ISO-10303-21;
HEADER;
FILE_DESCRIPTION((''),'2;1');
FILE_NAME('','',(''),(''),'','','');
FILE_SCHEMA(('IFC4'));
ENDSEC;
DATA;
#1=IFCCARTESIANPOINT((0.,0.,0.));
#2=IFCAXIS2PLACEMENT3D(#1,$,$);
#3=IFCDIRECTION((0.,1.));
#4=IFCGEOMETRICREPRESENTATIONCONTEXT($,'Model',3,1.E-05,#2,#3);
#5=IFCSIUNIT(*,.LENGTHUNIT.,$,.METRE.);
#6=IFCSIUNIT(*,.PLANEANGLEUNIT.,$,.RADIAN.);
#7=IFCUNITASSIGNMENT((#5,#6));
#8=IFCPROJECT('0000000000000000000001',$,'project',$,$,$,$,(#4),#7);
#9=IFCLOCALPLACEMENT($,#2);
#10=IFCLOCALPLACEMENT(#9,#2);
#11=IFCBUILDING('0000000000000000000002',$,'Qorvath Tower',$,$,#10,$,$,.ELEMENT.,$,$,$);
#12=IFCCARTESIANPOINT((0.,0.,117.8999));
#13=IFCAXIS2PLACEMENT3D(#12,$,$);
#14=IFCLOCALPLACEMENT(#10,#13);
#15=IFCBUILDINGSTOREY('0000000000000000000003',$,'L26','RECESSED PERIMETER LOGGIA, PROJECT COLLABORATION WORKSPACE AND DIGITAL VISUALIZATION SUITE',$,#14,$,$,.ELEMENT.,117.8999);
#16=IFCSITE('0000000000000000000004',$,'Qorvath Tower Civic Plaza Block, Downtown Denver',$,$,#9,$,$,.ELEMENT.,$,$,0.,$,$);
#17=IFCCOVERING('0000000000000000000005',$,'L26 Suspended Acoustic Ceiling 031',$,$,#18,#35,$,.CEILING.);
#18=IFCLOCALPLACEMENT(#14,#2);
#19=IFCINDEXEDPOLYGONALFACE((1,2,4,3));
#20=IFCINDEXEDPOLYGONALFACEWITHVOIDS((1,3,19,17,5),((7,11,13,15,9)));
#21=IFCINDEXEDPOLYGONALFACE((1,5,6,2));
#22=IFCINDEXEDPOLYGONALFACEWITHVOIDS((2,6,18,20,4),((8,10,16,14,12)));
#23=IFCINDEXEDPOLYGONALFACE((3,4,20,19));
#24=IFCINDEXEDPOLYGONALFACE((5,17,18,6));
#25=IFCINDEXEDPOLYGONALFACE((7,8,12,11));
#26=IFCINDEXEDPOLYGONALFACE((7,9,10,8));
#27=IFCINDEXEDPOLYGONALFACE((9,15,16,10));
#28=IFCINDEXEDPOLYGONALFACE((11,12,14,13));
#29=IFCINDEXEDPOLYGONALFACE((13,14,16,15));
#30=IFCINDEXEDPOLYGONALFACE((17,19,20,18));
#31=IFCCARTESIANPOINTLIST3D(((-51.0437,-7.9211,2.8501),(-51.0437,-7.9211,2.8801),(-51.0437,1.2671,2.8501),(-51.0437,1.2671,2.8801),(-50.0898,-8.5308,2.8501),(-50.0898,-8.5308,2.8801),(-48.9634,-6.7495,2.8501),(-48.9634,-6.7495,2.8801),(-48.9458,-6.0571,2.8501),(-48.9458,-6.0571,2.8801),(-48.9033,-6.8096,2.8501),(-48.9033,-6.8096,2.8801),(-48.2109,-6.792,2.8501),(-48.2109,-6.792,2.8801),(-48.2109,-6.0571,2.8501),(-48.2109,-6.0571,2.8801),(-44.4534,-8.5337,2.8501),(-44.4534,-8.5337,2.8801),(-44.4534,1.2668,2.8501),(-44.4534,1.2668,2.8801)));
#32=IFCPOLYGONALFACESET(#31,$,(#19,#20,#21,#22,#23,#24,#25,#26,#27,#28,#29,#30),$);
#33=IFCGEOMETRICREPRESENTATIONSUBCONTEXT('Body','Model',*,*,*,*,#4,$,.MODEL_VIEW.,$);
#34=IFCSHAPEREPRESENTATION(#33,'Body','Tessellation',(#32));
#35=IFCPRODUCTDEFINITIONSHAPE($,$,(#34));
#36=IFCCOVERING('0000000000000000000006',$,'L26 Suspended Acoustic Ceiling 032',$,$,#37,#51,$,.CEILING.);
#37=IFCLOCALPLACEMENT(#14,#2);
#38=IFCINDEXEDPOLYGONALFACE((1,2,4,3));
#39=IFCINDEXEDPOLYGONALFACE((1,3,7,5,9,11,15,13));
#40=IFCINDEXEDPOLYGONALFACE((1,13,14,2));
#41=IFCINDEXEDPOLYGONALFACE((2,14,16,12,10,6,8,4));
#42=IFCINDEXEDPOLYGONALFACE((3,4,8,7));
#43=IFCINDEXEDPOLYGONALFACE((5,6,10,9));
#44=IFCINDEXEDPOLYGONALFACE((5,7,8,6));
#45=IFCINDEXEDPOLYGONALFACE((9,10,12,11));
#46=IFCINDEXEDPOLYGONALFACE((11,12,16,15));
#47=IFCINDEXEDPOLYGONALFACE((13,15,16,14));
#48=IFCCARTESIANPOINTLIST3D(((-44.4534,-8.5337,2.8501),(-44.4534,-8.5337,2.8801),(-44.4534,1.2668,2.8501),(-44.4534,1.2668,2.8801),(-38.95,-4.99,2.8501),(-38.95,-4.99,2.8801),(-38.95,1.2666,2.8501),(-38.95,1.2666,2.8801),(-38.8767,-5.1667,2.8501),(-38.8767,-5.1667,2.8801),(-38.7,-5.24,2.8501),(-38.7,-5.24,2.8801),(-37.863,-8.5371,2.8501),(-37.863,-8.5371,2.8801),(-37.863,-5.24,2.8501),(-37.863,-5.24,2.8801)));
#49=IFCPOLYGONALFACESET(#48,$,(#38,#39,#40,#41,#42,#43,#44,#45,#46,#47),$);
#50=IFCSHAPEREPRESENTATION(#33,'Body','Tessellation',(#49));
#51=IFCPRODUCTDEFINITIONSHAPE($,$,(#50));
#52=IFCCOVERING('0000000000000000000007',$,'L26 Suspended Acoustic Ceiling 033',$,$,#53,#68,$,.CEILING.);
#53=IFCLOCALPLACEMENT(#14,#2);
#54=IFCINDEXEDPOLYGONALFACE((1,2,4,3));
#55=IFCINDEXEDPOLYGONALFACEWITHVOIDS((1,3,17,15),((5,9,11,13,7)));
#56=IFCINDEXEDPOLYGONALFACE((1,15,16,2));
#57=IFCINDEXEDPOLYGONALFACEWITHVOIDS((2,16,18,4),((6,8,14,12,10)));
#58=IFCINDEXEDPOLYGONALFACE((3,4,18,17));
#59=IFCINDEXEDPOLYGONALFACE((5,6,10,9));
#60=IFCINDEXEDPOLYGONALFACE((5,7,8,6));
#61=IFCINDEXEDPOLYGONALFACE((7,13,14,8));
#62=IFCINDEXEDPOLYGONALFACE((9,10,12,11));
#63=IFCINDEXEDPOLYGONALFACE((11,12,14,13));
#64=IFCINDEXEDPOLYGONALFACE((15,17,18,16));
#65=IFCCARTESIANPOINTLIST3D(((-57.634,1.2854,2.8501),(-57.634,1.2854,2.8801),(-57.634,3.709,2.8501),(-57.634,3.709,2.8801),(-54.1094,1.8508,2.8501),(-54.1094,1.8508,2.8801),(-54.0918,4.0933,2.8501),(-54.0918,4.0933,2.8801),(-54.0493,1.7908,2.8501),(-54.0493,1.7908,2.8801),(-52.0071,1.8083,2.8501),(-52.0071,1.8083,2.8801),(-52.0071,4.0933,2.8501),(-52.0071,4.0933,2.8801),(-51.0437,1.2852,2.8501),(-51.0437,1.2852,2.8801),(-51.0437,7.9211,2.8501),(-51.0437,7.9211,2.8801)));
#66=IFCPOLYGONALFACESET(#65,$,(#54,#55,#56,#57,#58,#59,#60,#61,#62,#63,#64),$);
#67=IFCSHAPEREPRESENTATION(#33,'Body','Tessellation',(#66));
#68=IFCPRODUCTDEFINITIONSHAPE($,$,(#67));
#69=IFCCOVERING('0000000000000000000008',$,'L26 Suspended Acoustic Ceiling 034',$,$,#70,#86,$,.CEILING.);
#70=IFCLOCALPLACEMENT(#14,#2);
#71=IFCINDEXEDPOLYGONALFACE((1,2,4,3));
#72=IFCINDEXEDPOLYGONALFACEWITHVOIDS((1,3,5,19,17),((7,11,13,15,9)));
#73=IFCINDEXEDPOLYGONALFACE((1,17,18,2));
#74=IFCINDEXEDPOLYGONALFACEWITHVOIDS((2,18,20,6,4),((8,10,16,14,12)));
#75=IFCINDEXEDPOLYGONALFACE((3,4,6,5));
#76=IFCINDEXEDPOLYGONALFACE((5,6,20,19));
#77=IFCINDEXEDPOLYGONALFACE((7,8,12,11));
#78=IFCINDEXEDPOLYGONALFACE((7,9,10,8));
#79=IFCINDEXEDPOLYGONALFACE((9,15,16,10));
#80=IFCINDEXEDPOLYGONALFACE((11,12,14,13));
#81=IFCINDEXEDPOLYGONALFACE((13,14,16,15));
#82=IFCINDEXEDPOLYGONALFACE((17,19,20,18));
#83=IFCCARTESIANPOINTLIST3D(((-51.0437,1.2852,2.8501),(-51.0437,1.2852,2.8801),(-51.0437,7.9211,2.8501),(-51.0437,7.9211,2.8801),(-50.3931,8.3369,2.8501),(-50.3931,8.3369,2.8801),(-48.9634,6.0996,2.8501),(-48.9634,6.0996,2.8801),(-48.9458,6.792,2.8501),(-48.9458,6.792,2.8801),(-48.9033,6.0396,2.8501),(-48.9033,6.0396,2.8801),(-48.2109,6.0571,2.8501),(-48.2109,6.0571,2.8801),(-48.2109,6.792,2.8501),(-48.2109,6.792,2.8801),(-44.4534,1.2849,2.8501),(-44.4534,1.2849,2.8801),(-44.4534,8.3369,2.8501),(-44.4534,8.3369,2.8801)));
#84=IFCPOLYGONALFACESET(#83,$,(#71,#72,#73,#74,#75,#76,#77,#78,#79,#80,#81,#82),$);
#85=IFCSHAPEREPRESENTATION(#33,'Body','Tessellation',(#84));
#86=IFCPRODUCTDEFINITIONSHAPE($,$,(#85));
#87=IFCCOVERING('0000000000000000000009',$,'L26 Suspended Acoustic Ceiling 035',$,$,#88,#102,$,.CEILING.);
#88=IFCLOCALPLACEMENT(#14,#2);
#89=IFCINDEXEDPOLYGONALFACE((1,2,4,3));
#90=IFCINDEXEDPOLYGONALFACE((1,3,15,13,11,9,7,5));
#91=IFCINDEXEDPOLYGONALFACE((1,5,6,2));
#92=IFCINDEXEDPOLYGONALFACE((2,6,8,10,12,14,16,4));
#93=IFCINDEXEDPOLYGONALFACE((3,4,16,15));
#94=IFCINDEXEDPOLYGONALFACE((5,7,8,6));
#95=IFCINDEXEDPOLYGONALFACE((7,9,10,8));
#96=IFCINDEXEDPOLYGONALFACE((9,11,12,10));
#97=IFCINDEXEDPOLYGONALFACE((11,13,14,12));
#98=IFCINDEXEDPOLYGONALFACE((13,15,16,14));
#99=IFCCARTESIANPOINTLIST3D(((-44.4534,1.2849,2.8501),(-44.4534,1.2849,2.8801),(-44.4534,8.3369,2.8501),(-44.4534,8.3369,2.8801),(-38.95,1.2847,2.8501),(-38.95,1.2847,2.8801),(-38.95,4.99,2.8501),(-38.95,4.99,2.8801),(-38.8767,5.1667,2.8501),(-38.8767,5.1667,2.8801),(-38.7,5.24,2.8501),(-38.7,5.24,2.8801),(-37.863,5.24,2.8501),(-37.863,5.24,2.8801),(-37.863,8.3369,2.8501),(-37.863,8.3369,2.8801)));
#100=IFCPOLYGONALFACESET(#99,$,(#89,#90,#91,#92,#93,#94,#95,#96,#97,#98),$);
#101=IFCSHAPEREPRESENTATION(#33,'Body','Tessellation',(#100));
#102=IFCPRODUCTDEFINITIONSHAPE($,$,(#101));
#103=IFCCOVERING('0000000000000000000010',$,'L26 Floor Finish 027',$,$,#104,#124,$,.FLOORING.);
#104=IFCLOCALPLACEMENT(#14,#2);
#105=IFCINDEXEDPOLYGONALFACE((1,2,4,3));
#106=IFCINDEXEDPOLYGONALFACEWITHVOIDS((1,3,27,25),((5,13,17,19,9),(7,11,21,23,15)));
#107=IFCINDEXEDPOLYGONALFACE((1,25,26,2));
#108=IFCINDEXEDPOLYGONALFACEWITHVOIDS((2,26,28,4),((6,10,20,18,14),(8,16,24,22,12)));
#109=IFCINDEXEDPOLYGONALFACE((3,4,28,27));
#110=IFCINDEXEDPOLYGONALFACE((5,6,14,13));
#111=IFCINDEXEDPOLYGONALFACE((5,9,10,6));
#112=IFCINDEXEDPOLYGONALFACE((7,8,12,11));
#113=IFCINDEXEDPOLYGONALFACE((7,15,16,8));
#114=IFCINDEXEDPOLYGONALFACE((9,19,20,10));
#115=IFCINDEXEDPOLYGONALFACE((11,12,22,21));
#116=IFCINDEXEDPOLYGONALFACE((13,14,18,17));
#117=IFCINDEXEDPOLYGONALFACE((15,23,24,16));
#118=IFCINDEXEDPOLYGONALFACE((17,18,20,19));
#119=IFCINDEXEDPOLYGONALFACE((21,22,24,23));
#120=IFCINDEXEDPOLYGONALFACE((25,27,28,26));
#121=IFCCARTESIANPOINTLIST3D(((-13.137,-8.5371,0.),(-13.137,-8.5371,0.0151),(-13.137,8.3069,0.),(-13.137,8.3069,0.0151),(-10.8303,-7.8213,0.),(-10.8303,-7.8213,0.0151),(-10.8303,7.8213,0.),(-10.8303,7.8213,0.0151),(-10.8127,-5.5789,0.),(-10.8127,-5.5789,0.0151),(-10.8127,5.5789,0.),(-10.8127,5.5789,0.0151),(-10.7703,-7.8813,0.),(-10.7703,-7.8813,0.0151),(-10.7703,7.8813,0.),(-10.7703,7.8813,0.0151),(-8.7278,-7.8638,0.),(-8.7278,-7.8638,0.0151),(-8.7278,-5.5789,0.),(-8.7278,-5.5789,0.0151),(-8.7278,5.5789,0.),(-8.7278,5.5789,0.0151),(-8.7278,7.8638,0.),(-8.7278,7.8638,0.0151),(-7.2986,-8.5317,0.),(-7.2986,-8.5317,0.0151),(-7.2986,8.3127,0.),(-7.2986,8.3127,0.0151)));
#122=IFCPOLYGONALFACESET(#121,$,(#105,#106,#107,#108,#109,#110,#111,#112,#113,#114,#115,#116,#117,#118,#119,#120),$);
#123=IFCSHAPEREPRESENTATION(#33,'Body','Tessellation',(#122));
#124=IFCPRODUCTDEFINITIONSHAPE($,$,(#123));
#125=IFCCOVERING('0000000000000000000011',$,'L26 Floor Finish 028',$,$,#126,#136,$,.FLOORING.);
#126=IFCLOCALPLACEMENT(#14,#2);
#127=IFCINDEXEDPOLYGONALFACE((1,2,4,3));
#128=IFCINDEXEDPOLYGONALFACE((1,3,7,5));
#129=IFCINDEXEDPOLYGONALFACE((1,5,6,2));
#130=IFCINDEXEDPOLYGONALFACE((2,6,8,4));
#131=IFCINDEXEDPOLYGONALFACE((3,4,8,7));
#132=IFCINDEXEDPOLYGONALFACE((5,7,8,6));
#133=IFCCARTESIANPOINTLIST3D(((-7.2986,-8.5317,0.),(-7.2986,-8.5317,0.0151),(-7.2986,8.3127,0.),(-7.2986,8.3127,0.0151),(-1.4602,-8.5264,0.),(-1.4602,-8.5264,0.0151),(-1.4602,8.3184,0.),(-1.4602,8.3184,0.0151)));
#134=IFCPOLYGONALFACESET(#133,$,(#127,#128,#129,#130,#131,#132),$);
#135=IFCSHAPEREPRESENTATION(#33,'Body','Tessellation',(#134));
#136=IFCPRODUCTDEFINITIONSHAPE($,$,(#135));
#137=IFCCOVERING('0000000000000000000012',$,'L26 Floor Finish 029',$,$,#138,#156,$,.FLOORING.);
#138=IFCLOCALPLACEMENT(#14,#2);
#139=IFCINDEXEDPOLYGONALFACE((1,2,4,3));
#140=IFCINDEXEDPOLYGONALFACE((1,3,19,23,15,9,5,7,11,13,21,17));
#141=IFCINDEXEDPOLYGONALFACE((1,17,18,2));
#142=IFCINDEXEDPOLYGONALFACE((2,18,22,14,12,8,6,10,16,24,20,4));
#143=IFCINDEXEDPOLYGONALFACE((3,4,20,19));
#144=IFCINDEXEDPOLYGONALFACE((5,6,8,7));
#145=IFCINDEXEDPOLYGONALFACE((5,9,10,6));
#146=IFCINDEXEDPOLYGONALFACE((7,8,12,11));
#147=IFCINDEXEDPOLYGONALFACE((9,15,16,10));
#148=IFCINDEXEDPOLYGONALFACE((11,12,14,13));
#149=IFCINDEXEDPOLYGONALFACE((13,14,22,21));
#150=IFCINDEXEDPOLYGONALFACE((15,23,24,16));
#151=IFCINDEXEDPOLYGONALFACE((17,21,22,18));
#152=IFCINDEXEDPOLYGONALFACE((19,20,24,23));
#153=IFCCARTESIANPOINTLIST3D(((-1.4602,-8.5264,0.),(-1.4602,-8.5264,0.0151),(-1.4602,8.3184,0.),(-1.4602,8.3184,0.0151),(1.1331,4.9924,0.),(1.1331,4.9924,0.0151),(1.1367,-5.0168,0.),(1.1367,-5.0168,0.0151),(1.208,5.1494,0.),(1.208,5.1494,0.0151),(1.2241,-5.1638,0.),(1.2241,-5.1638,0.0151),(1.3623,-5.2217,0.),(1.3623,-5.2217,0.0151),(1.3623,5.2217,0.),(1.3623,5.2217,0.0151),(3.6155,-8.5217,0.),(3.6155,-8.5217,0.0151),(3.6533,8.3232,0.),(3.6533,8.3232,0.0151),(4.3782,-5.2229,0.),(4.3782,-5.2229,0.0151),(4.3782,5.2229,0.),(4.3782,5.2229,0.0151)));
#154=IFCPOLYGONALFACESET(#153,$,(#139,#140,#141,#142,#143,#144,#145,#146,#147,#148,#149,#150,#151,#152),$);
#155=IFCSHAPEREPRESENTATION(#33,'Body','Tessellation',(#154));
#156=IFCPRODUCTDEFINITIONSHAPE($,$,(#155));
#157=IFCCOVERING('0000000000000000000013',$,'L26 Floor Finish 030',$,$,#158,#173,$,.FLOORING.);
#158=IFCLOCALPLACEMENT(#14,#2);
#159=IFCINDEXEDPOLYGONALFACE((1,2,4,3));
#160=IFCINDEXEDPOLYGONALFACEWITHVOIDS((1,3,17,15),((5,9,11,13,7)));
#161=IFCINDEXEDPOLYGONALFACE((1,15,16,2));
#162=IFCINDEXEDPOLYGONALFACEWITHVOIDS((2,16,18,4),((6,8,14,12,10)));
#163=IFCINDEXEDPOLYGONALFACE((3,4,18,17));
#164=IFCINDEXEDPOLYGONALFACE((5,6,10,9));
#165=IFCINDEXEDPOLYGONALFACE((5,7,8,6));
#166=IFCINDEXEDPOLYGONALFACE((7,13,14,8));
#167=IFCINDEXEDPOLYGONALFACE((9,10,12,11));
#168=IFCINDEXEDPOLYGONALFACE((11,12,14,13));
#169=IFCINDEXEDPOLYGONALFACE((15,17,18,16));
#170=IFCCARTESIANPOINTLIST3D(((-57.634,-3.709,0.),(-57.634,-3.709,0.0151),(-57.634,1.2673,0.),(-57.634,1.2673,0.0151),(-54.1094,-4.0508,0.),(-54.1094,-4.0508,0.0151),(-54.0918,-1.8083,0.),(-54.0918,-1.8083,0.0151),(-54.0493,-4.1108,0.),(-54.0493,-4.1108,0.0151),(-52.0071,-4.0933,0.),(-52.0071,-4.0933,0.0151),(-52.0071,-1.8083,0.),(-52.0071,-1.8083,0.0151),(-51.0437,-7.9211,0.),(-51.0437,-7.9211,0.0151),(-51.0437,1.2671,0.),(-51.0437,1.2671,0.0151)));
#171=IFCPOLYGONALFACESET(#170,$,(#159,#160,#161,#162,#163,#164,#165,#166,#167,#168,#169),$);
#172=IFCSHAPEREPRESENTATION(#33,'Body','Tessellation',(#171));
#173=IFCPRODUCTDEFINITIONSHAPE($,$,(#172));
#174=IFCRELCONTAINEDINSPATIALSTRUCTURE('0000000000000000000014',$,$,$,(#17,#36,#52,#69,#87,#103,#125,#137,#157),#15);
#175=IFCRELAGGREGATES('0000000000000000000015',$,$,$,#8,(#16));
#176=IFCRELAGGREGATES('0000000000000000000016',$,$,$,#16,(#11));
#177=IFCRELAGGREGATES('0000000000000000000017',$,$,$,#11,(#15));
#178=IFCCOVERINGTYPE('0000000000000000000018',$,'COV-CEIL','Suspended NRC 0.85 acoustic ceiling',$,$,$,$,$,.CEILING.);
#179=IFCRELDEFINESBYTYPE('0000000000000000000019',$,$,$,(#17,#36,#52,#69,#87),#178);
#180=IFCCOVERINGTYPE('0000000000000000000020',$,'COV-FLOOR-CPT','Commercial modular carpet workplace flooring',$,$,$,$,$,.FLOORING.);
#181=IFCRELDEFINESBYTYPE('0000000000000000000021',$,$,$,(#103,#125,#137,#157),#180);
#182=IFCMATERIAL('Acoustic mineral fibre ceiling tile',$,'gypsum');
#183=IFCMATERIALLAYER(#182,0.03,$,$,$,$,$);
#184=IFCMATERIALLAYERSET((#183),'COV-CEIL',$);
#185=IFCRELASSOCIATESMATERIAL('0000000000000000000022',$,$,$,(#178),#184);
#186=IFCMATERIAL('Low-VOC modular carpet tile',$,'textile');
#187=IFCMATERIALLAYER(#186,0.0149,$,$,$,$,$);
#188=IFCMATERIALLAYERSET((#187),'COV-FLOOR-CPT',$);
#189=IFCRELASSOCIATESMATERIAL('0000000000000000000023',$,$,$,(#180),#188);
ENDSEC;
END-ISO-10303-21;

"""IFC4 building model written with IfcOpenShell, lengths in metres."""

from ifc_helpers import new_model, si_unit, direction, frame, origin, place, context, subcontext, project, spatial, polyline, outline, extrude, material, layer, layer_set, type_object, element, save


model = new_model("IFC4")

# Units and contexts
model_context = context("Model", 3, precision=1e-05, world=origin(), true_north=direction((0.0, 1.0)))
body_context = subcontext(model_context, "Body", "Model", "MODEL_VIEW")
ifc_project = project(units=[si_unit("LENGTHUNIT", "METRE"), si_unit("PLANEANGLEUNIT", "RADIAN")], contexts=[model_context])

# Site, building, storey
site_placement = place(None, origin())
site = spatial("IfcSite", under=ifc_project, at=site_placement, Name="Qorvath Tower Civic Plaza Block, Downtown Denver", CompositionType="ELEMENT", RefElevation=0.0)
building_placement = place(site_placement, origin())
building = spatial("IfcBuilding", under=site, at=building_placement, Name="Qorvath Tower", CompositionType="ELEMENT")
storey_placement = place(building_placement, frame((0.0, 0.0, 117.8999)))
storey = spatial("IfcBuildingStorey", under=building, at=storey_placement, Name="L26", Description="RECESSED PERIMETER LOGGIA, PROJECT COLLABORATION WORKSPACE AND DIGITAL VISUALIZATION SUITE", CompositionType="ELEMENT", Elevation=117.8999)

# Coverings
ifc_material_1 = material(Name="Acoustic mineral fibre ceiling tile", Category="gypsum")
ifc_layer_1 = layer(ifc_material_1, 0.03)
ifc_layer_set_1 = layer_set([ifc_layer_1], Name="COV-CEIL")
covering_type_1 = type_object("IfcCoveringType", Name="COV-CEIL", Description="Suspended NRC 0.85 acoustic ceiling", PredefinedType="CEILING", material=ifc_layer_set_1)
covering_1_placement = place(storey_placement, frame((0.0, 0.0, 2.8501)))
element("IfcCovering", 1, at=covering_1_placement, inside=storey, type_object=covering_type_1, Name="L26 Suspended Acoustic Ceiling 031", PredefinedType="CEILING", context=body_context, shape_type="SweptSolid", body=[
    extrude(outline(polyline([(-44.4534, -8.5337), (-44.4534, 1.2668), (-51.0437, 1.2671), (-51.0437, -7.9211), (-50.0898, -8.5308), (-44.4534, -8.5337)]), holes=[polyline([(-48.9634, -6.7495), (-48.9458, -6.0571), (-48.2109, -6.0571), (-48.2109, -6.792), (-48.9033, -6.8096), (-48.9634, -6.7495)])]), origin(), (0.0, 0.0, 1.0), 0.03),
])
covering_2_placement = place(storey_placement, frame((0.0, 0.0, 2.8501)))
element("IfcCovering", 2, at=covering_2_placement, inside=storey, type_object=covering_type_1, Name="L26 Suspended Acoustic Ceiling 032", PredefinedType="CEILING", context=body_context, shape_type="SweptSolid", body=[
    extrude(outline(polyline([(-38.95, 1.2666), (-44.4534, 1.2668), (-44.4534, -8.5337), (-37.863, -8.5371), (-37.863, -5.24), (-38.7, -5.24), (-38.8767, -5.1667), (-38.95, -4.99), (-38.95, 1.2666)])), origin(), (0.0, 0.0, 1.0), 0.03),
])
covering_3_placement = place(storey_placement, frame((0.0, 0.0, 2.8501)))
element("IfcCovering", 3, at=covering_3_placement, inside=storey, type_object=covering_type_1, Name="L26 Suspended Acoustic Ceiling 033", PredefinedType="CEILING", context=body_context, shape_type="SweptSolid", body=[
    extrude(outline(polyline([(-51.0437, 1.2852), (-51.0437, 7.9211), (-57.634, 3.709), (-57.634, 1.2854), (-51.0437, 1.2852)]), holes=[polyline([(-54.1094, 1.8508), (-54.0918, 4.0933), (-52.0071, 4.0933), (-52.0071, 1.8083), (-54.0493, 1.7908), (-54.1094, 1.8508)])]), origin(), (0.0, 0.0, 1.0), 0.03),
])
covering_4_placement = place(storey_placement, frame((0.0, 0.0, 2.8501)))
element("IfcCovering", 4, at=covering_4_placement, inside=storey, type_object=covering_type_1, Name="L26 Suspended Acoustic Ceiling 034", PredefinedType="CEILING", context=body_context, shape_type="SweptSolid", body=[
    extrude(outline(polyline([(-44.4534, 1.2849), (-44.4534, 8.3369), (-50.3931, 8.3369), (-51.0437, 7.9211), (-51.0437, 1.2852), (-44.4534, 1.2849)]), holes=[polyline([(-48.9634, 6.0996), (-48.9458, 6.792), (-48.2109, 6.792), (-48.2109, 6.0571), (-48.9033, 6.0396), (-48.9634, 6.0996)])]), origin(), (0.0, 0.0, 1.0), 0.03),
])
covering_5_placement = place(storey_placement, frame((0.0, 0.0, 2.8501)))
element("IfcCovering", 5, at=covering_5_placement, inside=storey, type_object=covering_type_1, Name="L26 Suspended Acoustic Ceiling 035", PredefinedType="CEILING", context=body_context, shape_type="SweptSolid", body=[
    extrude(outline(polyline([(-37.863, 5.24), (-37.863, 8.3369), (-44.4534, 8.3369), (-44.4534, 1.2849), (-38.95, 1.2847), (-38.95, 4.99), (-38.8767, 5.1667), (-38.7, 5.24), (-37.863, 5.24)])), origin(), (0.0, 0.0, 1.0), 0.03),
])
ifc_material_2 = material(Name="Low-VOC modular carpet tile", Category="textile")
ifc_layer_2 = layer(ifc_material_2, 0.0149)
ifc_layer_set_2 = layer_set([ifc_layer_2], Name="COV-FLOOR-CPT")
covering_type_2 = type_object("IfcCoveringType", Name="COV-FLOOR-CPT", Description="Commercial modular carpet workplace flooring", PredefinedType="FLOORING", material=ifc_layer_set_2)
covering_6_placement = place(storey_placement, origin())
element("IfcCovering", 6, at=covering_6_placement, inside=storey, type_object=covering_type_2, Name="L26 Floor Finish 027", PredefinedType="FLOORING", context=body_context, shape_type="SweptSolid", body=[
    extrude(outline(polyline([(-7.2986, -8.5317), (-7.2986, 8.3127), (-13.137, 8.3069), (-13.137, -8.5371), (-7.2986, -8.5317)]), holes=[polyline([(-10.8303, 7.8213), (-10.7703, 7.8813), (-8.7278, 7.8638), (-8.7278, 5.5789), (-10.8127, 5.5789), (-10.8303, 7.8213)]), polyline([(-10.8303, -7.8213), (-10.8127, -5.5789), (-8.7278, -5.5789), (-8.7278, -7.8638), (-10.7703, -7.8813), (-10.8303, -7.8213)])]), origin(), (0.0, 0.0, 1.0), 0.0151),
])
covering_7_placement = place(storey_placement, origin())
element("IfcCovering", 7, at=covering_7_placement, inside=storey, type_object=covering_type_2, Name="L26 Floor Finish 028", PredefinedType="FLOORING", context=body_context, shape_type="SweptSolid", body=[
    extrude(outline(polyline([(-1.4602, -8.5264), (-1.4602, 8.3184), (-7.2986, 8.3127), (-7.2986, -8.5317), (-1.4602, -8.5264)])), origin(), (0.0, 0.0, 1.0), 0.0151),
])
covering_8_placement = place(storey_placement, origin())
element("IfcCovering", 8, at=covering_8_placement, inside=storey, type_object=covering_type_2, Name="L26 Floor Finish 029", PredefinedType="FLOORING", context=body_context, shape_type="SweptSolid", body=[
    extrude(outline(polyline([(1.208, 5.1494), (1.3623, 5.2217), (4.3782, 5.2229), (3.6533, 8.3232), (-1.4602, 8.3184), (-1.4602, -8.5264), (3.6155, -8.5217), (4.3782, -5.2229), (1.3623, -5.2217), (1.2241, -5.1638), (1.1367, -5.0168), (1.1331, 4.9924), (1.208, 5.1494)])), origin(), (0.0, 0.0, 1.0), 0.0151),
])
covering_9_placement = place(storey_placement, origin())
element("IfcCovering", 9, at=covering_9_placement, inside=storey, type_object=covering_type_2, Name="L26 Floor Finish 030", PredefinedType="FLOORING", context=body_context, shape_type="SweptSolid", body=[
    extrude(outline(polyline([(-51.0437, -7.9211), (-51.0437, 1.2671), (-57.634, 1.2673), (-57.634, -3.709), (-51.0437, -7.9211)]), holes=[polyline([(-54.1094, -4.0508), (-54.0918, -1.8083), (-52.0071, -1.8083), (-52.0071, -4.0933), (-54.0493, -4.1108), (-54.1094, -4.0508)])]), origin(), (0.0, 0.0, 1.0), 0.0151),
])

save(model, "model.ifc")
